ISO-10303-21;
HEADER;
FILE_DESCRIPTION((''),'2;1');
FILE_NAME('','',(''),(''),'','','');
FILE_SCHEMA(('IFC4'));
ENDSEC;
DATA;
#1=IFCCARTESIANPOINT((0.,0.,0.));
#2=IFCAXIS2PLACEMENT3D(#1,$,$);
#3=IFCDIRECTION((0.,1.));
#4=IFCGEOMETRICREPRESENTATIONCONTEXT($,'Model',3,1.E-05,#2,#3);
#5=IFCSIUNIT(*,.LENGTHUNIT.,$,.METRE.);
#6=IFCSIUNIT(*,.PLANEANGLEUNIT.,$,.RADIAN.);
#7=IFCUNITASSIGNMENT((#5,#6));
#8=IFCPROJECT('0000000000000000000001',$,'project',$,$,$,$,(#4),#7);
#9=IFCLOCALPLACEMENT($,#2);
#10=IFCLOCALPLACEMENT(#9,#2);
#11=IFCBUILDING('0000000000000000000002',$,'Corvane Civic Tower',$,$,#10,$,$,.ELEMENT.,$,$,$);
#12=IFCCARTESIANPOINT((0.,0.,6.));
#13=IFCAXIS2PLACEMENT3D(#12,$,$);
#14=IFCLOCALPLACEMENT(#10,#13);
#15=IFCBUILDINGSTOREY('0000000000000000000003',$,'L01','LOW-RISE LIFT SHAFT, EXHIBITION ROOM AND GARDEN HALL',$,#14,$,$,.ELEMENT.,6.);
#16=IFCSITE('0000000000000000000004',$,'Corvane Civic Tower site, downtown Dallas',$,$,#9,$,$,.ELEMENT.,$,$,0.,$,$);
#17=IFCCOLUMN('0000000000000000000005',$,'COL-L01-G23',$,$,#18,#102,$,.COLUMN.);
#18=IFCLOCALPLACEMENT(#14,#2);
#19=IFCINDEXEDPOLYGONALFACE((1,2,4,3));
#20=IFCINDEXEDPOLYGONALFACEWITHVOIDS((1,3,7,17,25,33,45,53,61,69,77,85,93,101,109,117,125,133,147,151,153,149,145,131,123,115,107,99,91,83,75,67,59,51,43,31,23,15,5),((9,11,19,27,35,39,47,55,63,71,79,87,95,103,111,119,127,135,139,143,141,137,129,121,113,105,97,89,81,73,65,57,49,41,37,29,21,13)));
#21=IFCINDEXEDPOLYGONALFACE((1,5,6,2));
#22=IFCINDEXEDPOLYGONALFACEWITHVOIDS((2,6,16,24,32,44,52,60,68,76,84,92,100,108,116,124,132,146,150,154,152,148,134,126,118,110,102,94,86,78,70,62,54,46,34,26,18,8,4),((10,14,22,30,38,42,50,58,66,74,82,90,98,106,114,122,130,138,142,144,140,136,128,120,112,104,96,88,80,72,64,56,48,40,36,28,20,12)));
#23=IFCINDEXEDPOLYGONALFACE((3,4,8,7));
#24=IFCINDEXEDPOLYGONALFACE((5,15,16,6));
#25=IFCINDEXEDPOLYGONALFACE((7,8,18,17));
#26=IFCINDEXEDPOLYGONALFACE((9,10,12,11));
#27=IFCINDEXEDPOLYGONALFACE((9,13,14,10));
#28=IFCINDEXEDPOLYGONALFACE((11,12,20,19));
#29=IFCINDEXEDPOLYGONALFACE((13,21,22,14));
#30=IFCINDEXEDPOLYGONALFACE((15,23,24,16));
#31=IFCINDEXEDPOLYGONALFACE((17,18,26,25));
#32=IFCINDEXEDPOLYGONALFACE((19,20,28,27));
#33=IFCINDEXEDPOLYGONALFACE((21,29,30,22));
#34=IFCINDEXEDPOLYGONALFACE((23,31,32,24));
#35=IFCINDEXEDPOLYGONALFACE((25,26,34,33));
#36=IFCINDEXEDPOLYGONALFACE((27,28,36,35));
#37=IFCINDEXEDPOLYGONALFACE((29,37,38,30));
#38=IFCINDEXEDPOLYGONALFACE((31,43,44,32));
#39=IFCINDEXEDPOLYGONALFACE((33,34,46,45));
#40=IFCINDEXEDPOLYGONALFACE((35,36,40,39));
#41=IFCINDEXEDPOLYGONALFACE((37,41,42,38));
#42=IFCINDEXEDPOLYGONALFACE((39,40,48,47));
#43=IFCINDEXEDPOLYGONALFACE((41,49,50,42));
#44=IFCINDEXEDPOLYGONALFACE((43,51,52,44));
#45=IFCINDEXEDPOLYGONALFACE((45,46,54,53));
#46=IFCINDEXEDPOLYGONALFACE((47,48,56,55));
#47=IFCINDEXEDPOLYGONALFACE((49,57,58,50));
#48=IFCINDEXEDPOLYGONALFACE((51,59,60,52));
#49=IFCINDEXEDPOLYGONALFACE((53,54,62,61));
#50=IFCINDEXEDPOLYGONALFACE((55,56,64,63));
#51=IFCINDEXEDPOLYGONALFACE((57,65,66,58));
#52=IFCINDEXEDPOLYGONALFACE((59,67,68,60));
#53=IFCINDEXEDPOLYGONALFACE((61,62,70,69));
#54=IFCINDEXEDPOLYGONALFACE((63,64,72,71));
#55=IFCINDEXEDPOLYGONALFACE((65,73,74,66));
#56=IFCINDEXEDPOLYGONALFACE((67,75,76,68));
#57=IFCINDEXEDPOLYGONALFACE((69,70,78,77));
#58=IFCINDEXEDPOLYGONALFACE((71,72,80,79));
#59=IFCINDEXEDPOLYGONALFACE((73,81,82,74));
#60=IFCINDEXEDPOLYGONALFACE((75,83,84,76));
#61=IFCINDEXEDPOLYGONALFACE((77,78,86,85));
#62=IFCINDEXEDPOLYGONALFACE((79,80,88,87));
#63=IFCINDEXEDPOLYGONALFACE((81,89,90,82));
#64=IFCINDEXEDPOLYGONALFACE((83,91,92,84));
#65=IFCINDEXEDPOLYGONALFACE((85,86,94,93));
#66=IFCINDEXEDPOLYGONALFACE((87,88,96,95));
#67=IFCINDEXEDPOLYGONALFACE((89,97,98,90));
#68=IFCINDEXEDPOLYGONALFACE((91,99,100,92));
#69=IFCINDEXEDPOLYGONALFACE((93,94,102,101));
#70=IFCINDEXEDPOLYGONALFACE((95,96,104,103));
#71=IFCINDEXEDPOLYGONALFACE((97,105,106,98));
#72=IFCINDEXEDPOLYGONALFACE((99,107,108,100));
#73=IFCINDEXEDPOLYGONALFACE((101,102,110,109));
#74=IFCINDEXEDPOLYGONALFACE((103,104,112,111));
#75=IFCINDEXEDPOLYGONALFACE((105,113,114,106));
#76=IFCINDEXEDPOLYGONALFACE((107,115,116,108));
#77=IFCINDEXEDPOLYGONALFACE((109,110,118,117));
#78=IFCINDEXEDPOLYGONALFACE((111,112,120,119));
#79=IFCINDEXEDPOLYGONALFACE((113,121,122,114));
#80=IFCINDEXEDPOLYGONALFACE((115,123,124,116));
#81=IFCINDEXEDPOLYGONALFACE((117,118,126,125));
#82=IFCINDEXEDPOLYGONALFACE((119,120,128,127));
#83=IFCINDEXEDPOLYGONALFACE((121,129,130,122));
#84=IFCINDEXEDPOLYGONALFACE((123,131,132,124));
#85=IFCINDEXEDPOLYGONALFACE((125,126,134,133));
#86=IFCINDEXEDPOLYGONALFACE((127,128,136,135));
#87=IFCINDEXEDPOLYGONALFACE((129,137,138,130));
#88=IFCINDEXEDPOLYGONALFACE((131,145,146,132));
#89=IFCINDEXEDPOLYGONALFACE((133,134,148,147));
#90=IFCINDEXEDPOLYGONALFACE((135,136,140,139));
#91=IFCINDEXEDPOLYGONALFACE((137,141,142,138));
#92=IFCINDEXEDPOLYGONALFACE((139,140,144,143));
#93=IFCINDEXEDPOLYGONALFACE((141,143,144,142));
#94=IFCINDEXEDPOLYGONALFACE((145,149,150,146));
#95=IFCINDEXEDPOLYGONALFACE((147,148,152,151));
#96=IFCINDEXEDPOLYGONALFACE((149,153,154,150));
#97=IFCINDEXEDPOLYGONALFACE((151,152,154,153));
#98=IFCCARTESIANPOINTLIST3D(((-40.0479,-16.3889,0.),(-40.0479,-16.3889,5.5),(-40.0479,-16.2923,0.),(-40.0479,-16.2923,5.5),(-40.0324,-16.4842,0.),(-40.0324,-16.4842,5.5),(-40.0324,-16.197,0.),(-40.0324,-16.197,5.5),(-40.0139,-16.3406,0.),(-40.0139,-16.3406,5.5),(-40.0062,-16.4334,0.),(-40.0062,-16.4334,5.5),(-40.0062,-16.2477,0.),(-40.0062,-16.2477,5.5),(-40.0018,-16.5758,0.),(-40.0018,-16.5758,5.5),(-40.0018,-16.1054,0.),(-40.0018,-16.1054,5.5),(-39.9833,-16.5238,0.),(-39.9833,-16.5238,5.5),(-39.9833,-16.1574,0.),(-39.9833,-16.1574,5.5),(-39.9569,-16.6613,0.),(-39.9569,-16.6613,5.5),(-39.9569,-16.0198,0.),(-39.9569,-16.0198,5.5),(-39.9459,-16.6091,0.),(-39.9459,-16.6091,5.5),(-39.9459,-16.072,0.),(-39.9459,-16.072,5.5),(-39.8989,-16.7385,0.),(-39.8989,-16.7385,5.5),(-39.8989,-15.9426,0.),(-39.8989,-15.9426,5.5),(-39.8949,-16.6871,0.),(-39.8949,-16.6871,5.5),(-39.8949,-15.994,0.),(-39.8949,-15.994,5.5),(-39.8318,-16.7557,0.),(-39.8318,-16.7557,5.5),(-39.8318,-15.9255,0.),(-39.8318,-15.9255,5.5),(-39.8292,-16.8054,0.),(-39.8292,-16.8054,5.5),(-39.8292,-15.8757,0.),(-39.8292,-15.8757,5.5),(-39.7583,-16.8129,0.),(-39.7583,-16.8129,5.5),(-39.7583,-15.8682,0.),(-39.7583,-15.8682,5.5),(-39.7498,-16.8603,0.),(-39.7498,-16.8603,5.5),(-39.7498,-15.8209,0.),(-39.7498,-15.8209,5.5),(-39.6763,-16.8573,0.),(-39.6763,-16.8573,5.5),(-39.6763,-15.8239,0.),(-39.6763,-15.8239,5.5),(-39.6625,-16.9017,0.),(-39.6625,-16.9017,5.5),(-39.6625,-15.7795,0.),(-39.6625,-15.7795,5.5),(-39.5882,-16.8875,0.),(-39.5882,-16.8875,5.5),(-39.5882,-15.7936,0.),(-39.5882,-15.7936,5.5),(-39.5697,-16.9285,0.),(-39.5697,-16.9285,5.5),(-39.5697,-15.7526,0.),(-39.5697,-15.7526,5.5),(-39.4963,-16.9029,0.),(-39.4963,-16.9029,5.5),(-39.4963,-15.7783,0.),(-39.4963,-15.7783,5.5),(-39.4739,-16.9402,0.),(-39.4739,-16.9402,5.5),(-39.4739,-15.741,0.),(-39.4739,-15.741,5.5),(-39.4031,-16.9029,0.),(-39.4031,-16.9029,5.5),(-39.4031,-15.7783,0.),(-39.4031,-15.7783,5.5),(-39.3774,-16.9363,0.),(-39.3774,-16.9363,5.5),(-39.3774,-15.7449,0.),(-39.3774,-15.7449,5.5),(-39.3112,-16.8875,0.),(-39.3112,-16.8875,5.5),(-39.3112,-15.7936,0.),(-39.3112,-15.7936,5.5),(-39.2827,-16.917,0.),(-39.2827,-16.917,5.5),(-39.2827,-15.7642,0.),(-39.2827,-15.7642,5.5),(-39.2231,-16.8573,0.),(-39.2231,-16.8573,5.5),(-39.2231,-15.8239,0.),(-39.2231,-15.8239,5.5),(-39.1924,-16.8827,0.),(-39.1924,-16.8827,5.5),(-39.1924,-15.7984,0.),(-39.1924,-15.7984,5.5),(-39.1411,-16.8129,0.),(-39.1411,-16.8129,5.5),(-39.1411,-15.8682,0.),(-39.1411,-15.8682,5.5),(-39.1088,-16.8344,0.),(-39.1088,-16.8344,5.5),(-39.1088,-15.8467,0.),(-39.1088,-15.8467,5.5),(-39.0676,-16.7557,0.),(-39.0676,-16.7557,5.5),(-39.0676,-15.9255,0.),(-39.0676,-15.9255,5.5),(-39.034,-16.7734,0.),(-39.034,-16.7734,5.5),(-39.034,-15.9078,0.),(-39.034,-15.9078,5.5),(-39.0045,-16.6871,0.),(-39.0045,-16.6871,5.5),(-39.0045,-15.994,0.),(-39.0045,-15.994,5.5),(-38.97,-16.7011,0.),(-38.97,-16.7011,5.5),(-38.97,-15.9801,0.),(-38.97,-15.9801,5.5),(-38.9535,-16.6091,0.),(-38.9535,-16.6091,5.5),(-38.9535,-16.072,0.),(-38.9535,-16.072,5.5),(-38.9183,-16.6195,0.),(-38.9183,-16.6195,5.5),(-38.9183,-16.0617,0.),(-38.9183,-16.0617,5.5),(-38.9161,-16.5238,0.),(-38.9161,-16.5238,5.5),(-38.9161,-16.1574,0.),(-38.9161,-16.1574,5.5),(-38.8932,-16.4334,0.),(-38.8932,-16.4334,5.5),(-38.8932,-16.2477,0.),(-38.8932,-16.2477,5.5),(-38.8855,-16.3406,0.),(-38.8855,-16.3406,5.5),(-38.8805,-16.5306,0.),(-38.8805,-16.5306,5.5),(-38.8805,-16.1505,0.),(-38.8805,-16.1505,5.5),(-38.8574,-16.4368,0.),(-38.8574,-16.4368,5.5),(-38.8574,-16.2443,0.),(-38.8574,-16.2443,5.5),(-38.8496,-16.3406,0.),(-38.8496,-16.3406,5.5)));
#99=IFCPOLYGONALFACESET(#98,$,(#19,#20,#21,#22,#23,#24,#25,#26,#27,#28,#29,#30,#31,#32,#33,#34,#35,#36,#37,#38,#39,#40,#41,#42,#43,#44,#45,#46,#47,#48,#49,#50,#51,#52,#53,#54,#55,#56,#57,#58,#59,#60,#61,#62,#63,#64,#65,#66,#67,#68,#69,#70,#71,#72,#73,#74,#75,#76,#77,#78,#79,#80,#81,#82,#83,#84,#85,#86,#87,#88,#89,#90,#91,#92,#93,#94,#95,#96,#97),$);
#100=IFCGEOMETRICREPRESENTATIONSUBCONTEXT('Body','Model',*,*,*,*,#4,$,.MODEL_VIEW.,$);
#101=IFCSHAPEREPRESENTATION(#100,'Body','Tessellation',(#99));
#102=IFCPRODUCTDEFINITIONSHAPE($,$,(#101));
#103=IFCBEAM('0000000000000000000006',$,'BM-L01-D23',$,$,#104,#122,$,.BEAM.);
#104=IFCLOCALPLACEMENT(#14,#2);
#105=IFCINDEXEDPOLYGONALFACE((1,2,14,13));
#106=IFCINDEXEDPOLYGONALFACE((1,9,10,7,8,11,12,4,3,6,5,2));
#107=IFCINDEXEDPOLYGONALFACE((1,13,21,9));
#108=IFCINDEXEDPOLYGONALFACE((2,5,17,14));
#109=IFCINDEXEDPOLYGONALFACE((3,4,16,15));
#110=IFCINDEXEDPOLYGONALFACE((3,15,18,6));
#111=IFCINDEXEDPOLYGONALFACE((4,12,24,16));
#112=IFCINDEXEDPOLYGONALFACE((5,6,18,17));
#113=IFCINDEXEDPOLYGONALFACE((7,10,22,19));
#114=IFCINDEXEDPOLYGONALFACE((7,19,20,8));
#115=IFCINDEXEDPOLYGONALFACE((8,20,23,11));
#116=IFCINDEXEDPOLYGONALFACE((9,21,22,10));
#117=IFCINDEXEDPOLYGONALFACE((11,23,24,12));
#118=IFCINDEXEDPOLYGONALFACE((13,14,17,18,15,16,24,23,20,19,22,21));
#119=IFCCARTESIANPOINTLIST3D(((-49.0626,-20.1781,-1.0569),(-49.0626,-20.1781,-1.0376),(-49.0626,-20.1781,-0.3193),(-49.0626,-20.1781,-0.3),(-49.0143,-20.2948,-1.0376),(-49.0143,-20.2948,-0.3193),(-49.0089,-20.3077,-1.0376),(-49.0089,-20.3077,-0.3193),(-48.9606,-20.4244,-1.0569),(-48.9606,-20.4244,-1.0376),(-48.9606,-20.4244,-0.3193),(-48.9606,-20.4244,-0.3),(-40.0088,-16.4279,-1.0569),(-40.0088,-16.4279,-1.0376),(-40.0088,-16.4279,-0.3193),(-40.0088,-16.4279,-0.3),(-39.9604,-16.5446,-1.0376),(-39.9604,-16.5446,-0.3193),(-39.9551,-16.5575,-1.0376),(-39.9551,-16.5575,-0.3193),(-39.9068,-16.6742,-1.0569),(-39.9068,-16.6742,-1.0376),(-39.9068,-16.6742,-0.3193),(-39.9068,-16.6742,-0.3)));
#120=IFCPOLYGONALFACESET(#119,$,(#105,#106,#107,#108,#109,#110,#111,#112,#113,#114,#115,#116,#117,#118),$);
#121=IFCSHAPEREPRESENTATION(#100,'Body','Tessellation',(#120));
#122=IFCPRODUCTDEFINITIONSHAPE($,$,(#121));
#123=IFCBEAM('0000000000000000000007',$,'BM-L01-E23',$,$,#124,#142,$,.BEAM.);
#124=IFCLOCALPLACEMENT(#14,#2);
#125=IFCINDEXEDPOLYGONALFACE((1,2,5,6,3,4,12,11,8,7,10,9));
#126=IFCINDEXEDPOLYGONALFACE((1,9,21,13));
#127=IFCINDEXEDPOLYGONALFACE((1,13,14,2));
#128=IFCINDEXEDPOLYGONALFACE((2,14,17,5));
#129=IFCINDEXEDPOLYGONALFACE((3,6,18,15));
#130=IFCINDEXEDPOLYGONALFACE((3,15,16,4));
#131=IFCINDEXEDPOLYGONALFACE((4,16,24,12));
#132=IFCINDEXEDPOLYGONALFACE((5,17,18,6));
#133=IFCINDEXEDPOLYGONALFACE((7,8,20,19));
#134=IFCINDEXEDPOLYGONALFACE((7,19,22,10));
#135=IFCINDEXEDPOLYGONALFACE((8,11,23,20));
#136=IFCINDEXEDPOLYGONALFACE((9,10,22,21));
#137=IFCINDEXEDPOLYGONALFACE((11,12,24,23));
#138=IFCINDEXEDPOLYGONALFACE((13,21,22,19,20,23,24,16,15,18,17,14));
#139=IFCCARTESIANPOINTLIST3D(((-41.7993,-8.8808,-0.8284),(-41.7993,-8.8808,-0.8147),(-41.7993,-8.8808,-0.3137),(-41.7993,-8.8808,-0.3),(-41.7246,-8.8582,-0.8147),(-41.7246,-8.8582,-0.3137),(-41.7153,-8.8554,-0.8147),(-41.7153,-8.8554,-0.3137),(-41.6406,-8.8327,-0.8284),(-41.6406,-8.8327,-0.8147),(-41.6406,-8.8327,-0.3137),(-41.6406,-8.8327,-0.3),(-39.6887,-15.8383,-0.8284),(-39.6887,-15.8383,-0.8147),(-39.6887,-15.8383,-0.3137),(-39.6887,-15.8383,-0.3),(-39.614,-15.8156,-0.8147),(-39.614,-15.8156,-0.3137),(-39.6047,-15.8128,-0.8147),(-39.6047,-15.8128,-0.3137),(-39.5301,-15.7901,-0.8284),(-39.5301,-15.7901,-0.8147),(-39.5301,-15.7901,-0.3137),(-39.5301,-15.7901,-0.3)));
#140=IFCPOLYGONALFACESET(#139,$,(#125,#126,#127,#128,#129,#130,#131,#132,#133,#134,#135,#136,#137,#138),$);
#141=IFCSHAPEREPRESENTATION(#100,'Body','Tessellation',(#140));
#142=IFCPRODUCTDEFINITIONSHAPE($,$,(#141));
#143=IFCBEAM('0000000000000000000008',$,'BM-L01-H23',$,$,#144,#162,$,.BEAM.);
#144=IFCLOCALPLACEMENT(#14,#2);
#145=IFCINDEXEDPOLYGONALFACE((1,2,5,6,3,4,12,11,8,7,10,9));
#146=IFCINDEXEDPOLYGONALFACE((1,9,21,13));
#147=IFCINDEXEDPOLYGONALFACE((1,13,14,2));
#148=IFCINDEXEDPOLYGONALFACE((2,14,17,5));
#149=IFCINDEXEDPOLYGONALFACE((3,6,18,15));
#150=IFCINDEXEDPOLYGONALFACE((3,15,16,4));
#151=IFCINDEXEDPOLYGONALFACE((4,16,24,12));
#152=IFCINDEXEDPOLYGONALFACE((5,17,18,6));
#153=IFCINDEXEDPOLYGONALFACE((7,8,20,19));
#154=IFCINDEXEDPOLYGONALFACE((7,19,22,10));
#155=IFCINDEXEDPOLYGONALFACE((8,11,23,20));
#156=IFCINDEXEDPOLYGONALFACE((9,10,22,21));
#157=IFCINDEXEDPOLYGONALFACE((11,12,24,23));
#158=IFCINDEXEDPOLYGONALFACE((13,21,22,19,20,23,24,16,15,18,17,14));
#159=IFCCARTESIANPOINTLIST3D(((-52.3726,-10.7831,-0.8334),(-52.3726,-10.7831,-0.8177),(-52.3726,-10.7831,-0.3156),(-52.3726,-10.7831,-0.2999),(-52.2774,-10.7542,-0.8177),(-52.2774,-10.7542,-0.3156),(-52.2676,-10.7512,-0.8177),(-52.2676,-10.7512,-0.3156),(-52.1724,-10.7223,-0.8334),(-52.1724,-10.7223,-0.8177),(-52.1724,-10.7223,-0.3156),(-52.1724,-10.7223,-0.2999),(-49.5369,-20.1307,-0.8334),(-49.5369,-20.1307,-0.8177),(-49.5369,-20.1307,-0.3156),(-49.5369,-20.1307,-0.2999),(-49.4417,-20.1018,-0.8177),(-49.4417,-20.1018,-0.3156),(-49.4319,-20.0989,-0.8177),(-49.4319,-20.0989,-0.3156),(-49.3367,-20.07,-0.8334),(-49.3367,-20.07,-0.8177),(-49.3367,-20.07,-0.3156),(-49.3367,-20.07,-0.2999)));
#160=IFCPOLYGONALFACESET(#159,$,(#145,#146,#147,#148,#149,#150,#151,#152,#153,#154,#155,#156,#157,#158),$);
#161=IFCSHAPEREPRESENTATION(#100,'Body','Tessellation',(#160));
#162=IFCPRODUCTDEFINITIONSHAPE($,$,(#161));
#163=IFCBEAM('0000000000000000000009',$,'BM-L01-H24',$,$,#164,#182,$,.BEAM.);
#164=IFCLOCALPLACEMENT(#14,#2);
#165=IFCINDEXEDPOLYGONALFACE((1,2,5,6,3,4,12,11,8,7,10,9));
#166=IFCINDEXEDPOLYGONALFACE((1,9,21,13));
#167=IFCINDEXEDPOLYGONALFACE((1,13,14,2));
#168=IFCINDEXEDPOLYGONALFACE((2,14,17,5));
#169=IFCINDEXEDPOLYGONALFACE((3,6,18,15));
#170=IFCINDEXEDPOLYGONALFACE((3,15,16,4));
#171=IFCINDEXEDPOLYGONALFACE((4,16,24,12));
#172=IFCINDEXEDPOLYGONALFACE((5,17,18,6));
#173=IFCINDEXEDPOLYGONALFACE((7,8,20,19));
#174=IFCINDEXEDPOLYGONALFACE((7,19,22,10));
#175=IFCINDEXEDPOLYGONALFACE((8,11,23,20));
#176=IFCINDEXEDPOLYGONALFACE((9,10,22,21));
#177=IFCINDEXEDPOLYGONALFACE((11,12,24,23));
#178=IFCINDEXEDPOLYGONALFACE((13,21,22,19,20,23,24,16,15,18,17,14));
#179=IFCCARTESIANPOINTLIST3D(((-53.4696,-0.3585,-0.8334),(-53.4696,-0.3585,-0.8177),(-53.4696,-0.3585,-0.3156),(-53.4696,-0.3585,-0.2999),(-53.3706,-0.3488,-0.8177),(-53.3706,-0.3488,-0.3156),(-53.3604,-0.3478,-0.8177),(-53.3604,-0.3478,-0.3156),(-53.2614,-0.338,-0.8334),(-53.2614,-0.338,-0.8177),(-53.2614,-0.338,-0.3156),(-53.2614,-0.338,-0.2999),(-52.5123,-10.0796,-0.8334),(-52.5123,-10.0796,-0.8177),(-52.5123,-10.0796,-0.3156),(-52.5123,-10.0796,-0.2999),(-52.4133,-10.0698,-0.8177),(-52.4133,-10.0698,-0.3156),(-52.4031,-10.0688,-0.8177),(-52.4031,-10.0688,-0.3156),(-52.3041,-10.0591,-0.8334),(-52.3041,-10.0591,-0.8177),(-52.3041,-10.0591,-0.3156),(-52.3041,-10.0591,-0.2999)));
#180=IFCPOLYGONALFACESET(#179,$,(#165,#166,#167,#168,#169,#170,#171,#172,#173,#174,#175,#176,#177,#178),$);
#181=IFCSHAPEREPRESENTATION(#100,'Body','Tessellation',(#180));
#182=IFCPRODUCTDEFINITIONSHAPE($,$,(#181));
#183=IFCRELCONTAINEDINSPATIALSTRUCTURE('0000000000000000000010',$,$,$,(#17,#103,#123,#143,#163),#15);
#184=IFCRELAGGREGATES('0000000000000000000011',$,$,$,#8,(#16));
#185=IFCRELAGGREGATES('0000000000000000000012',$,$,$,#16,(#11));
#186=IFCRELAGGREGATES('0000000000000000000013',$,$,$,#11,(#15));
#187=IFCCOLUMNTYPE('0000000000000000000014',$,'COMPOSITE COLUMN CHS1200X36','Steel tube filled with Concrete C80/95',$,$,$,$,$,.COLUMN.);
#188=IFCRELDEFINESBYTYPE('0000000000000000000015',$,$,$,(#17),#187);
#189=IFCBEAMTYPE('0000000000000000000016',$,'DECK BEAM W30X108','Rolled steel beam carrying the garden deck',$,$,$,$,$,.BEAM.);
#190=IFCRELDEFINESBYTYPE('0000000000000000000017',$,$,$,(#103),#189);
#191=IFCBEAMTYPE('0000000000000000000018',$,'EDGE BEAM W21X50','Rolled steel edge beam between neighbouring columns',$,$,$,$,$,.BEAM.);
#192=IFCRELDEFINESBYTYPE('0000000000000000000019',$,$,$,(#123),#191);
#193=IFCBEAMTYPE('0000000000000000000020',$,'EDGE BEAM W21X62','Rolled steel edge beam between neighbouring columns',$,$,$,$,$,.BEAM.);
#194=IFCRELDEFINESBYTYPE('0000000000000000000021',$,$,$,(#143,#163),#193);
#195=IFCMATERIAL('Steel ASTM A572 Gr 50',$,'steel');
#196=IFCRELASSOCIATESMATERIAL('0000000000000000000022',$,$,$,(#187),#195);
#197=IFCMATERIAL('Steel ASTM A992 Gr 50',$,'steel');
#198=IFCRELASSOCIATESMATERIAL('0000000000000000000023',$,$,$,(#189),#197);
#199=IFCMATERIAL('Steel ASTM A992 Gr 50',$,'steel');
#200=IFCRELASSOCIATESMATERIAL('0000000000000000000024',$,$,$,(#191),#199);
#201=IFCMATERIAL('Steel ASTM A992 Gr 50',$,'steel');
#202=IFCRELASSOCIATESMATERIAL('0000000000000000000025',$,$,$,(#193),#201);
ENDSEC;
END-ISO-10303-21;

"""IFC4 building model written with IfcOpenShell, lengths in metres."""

from ifc_helpers import new_model, si_unit, direction, frame, origin, origin_2d, place, context, subcontext, project, spatial, hollow_circle, i_section, extrude, material, material_profile, profile_set, type_object, element, save


model = new_model("IFC4")

# Units and contexts
model_context = context("Model", 3, precision=1e-05, world=origin(), true_north=direction((0.0, 1.0)))
body_context = subcontext(model_context, "Body", "Model", "MODEL_VIEW")
ifc_project = project(units=[si_unit("LENGTHUNIT", "METRE"), si_unit("PLANEANGLEUNIT", "RADIAN")], contexts=[model_context])

# Site, building, storey
site_placement = place(None, origin())
site = spatial("IfcSite", under=ifc_project, at=site_placement, Name="Corvane Civic Tower site, downtown Dallas", CompositionType="ELEMENT", RefElevation=0.0)
building_placement = place(site_placement, origin())
building = spatial("IfcBuilding", under=site, at=building_placement, Name="Corvane Civic Tower", CompositionType="ELEMENT")
storey_placement = place(building_placement, frame((0.0, 0.0, 6.0)))
storey = spatial("IfcBuildingStorey", under=building, at=storey_placement, Name="L01", Description="LOW-RISE LIFT SHAFT, EXHIBITION ROOM AND GARDEN HALL", CompositionType="ELEMENT", Elevation=6.0)

# Column
ifc_material_1 = material(Name="Steel ASTM A572 Gr 50", Category="steel")
ifc_material_profile_1 = material_profile(ifc_material_1, hollow_circle(Radius=0.6001, WallThickness=0.0359, at=origin_2d()), Name="CHS1200X36")
ifc_profile_set_1 = profile_set([ifc_material_profile_1], Name="Steel ASTM A572 Gr 50")
column_type = type_object("IfcColumnType", Name="COMPOSITE COLUMN CHS1200X36", Description="Steel tube filled with Concrete C80/95", PredefinedType="COLUMN", material=ifc_profile_set_1)
column_placement = place(storey_placement, frame((-39.4497, -16.3406, 0.0), z_axis=(0.0, 0.0, 1.0), x_axis=(1.0, 0.0, 0.0)))
element("IfcColumn", 1, at=column_placement, inside=storey, type_object=column_type, Name="COL-L01-G23", PredefinedType="COLUMN", context=body_context, shape_type="SweptSolid", body=[
    extrude(hollow_circle(Radius=0.6001, WallThickness=0.0359, at=origin_2d()), origin(), (0.0, 0.0, 1.0), 5.5),
])

# Beams
ifc_material_2 = material(Name="Steel ASTM A992 Gr 50", Category="steel")
ifc_material_profile_2 = material_profile(ifc_material_2, i_section(OverallWidth=0.2666, OverallDepth=0.7568, WebThickness=0.0139, FlangeThickness=0.0193, at=origin_2d()), Name="W30X108")
ifc_profile_set_2 = profile_set([ifc_material_profile_2], Name="Steel ASTM A992 Gr 50")
beam_type_1 = type_object("IfcBeamType", Name="DECK BEAM W30X108", Description="Rolled steel beam carrying the garden deck", PredefinedType="BEAM", material=ifc_profile_set_2)
beam_1_placement = place(storey_placement, frame((-39.9578, -16.551, -0.6785), z_axis=(-0.923881, -0.382681, 0.0), x_axis=(0.382681, -0.923881, 0.0)))
element("IfcBeam", 2, at=beam_1_placement, inside=storey, type_object=beam_type_1, Name="BM-L01-D23", PredefinedType="BEAM", context=body_context, shape_type="SweptSolid", body=[
    extrude(i_section(OverallWidth=0.2666, OverallDepth=0.7568, WebThickness=0.0139, FlangeThickness=0.0193, at=origin_2d()), origin(), (0.0, 0.0, 1.0), 9.7998),
])
ifc_material_3 = material(Name="Steel ASTM A992 Gr 50", Category="steel")
ifc_material_profile_3 = material_profile(ifc_material_3, i_section(OverallWidth=0.1658, OverallDepth=0.5283, WebThickness=0.0098, FlangeThickness=0.0137, at=origin_2d()), Name="W21X50")
ifc_profile_set_3 = profile_set([ifc_material_profile_3], Name="Steel ASTM A992 Gr 50")
beam_type_2 = type_object("IfcBeamType", Name="EDGE BEAM W21X50", Description="Rolled steel edge beam between neighbouring columns", PredefinedType="BEAM", material=ifc_profile_set_3)
beam_2_placement = place(storey_placement, frame((-39.6094, -15.8142, -0.5642), z_axis=(-0.290292, 0.956938, 0.0), x_axis=(-0.956938, -0.290292, 0.0)))
element("IfcBeam", 3, at=beam_2_placement, inside=storey, type_object=beam_type_2, Name="BM-L01-E23", PredefinedType="BEAM", context=body_context, shape_type="SweptSolid", body=[
    extrude(i_section(OverallWidth=0.1658, OverallDepth=0.5283, WebThickness=0.0098, FlangeThickness=0.0137, at=origin_2d()), origin(), (0.0, 0.0, 1.0), 7.2705),
])
ifc_material_4 = material(Name="Steel ASTM A992 Gr 50", Category="steel")
ifc_material_profile_4 = material_profile(ifc_material_4, i_section(OverallWidth=0.2092, OverallDepth=0.5334, WebThickness=0.0103, FlangeThickness=0.0156, at=origin_2d()), Name="W21X62")
ifc_profile_set_4 = profile_set([ifc_material_profile_4], Name="Steel ASTM A992 Gr 50")
beam_type_3 = type_object("IfcBeamType", Name="EDGE BEAM W21X62", Description="Rolled steel edge beam between neighbouring columns", PredefinedType="BEAM", material=ifc_profile_set_4)
beam_3_placement = place(storey_placement, frame((-49.4368, -20.1003, -0.5667), z_axis=(-0.290295, 0.956937, 0.0), x_axis=(-0.956937, -0.290295, 0.0)))
element("IfcBeam", 4, at=beam_3_placement, inside=storey, type_object=beam_type_3, Name="BM-L01-H23", PredefinedType="BEAM", context=body_context, shape_type="SweptSolid", body=[
    extrude(i_section(OverallWidth=0.2092, OverallDepth=0.5334, WebThickness=0.0103, FlangeThickness=0.0156, at=origin_2d()), origin(), (0.0, 0.0, 1.0), 9.7683),
])
beam_4_placement = place(storey_placement, frame((-52.4082, -10.0693, -0.5667), z_axis=(-0.098001, 0.995186, 0.0), x_axis=(-0.995186, -0.098001, 0.0)))
element("IfcBeam", 5, at=beam_4_placement, inside=storey, type_object=beam_type_3, Name="BM-L01-H24", PredefinedType="BEAM", context=body_context, shape_type="SweptSolid", body=[
    extrude(i_section(OverallWidth=0.2092, OverallDepth=0.5334, WebThickness=0.0103, FlangeThickness=0.0156, at=origin_2d()), origin(), (0.0, 0.0, 1.0), 9.7681),
])

save(model, "model.ifc")
